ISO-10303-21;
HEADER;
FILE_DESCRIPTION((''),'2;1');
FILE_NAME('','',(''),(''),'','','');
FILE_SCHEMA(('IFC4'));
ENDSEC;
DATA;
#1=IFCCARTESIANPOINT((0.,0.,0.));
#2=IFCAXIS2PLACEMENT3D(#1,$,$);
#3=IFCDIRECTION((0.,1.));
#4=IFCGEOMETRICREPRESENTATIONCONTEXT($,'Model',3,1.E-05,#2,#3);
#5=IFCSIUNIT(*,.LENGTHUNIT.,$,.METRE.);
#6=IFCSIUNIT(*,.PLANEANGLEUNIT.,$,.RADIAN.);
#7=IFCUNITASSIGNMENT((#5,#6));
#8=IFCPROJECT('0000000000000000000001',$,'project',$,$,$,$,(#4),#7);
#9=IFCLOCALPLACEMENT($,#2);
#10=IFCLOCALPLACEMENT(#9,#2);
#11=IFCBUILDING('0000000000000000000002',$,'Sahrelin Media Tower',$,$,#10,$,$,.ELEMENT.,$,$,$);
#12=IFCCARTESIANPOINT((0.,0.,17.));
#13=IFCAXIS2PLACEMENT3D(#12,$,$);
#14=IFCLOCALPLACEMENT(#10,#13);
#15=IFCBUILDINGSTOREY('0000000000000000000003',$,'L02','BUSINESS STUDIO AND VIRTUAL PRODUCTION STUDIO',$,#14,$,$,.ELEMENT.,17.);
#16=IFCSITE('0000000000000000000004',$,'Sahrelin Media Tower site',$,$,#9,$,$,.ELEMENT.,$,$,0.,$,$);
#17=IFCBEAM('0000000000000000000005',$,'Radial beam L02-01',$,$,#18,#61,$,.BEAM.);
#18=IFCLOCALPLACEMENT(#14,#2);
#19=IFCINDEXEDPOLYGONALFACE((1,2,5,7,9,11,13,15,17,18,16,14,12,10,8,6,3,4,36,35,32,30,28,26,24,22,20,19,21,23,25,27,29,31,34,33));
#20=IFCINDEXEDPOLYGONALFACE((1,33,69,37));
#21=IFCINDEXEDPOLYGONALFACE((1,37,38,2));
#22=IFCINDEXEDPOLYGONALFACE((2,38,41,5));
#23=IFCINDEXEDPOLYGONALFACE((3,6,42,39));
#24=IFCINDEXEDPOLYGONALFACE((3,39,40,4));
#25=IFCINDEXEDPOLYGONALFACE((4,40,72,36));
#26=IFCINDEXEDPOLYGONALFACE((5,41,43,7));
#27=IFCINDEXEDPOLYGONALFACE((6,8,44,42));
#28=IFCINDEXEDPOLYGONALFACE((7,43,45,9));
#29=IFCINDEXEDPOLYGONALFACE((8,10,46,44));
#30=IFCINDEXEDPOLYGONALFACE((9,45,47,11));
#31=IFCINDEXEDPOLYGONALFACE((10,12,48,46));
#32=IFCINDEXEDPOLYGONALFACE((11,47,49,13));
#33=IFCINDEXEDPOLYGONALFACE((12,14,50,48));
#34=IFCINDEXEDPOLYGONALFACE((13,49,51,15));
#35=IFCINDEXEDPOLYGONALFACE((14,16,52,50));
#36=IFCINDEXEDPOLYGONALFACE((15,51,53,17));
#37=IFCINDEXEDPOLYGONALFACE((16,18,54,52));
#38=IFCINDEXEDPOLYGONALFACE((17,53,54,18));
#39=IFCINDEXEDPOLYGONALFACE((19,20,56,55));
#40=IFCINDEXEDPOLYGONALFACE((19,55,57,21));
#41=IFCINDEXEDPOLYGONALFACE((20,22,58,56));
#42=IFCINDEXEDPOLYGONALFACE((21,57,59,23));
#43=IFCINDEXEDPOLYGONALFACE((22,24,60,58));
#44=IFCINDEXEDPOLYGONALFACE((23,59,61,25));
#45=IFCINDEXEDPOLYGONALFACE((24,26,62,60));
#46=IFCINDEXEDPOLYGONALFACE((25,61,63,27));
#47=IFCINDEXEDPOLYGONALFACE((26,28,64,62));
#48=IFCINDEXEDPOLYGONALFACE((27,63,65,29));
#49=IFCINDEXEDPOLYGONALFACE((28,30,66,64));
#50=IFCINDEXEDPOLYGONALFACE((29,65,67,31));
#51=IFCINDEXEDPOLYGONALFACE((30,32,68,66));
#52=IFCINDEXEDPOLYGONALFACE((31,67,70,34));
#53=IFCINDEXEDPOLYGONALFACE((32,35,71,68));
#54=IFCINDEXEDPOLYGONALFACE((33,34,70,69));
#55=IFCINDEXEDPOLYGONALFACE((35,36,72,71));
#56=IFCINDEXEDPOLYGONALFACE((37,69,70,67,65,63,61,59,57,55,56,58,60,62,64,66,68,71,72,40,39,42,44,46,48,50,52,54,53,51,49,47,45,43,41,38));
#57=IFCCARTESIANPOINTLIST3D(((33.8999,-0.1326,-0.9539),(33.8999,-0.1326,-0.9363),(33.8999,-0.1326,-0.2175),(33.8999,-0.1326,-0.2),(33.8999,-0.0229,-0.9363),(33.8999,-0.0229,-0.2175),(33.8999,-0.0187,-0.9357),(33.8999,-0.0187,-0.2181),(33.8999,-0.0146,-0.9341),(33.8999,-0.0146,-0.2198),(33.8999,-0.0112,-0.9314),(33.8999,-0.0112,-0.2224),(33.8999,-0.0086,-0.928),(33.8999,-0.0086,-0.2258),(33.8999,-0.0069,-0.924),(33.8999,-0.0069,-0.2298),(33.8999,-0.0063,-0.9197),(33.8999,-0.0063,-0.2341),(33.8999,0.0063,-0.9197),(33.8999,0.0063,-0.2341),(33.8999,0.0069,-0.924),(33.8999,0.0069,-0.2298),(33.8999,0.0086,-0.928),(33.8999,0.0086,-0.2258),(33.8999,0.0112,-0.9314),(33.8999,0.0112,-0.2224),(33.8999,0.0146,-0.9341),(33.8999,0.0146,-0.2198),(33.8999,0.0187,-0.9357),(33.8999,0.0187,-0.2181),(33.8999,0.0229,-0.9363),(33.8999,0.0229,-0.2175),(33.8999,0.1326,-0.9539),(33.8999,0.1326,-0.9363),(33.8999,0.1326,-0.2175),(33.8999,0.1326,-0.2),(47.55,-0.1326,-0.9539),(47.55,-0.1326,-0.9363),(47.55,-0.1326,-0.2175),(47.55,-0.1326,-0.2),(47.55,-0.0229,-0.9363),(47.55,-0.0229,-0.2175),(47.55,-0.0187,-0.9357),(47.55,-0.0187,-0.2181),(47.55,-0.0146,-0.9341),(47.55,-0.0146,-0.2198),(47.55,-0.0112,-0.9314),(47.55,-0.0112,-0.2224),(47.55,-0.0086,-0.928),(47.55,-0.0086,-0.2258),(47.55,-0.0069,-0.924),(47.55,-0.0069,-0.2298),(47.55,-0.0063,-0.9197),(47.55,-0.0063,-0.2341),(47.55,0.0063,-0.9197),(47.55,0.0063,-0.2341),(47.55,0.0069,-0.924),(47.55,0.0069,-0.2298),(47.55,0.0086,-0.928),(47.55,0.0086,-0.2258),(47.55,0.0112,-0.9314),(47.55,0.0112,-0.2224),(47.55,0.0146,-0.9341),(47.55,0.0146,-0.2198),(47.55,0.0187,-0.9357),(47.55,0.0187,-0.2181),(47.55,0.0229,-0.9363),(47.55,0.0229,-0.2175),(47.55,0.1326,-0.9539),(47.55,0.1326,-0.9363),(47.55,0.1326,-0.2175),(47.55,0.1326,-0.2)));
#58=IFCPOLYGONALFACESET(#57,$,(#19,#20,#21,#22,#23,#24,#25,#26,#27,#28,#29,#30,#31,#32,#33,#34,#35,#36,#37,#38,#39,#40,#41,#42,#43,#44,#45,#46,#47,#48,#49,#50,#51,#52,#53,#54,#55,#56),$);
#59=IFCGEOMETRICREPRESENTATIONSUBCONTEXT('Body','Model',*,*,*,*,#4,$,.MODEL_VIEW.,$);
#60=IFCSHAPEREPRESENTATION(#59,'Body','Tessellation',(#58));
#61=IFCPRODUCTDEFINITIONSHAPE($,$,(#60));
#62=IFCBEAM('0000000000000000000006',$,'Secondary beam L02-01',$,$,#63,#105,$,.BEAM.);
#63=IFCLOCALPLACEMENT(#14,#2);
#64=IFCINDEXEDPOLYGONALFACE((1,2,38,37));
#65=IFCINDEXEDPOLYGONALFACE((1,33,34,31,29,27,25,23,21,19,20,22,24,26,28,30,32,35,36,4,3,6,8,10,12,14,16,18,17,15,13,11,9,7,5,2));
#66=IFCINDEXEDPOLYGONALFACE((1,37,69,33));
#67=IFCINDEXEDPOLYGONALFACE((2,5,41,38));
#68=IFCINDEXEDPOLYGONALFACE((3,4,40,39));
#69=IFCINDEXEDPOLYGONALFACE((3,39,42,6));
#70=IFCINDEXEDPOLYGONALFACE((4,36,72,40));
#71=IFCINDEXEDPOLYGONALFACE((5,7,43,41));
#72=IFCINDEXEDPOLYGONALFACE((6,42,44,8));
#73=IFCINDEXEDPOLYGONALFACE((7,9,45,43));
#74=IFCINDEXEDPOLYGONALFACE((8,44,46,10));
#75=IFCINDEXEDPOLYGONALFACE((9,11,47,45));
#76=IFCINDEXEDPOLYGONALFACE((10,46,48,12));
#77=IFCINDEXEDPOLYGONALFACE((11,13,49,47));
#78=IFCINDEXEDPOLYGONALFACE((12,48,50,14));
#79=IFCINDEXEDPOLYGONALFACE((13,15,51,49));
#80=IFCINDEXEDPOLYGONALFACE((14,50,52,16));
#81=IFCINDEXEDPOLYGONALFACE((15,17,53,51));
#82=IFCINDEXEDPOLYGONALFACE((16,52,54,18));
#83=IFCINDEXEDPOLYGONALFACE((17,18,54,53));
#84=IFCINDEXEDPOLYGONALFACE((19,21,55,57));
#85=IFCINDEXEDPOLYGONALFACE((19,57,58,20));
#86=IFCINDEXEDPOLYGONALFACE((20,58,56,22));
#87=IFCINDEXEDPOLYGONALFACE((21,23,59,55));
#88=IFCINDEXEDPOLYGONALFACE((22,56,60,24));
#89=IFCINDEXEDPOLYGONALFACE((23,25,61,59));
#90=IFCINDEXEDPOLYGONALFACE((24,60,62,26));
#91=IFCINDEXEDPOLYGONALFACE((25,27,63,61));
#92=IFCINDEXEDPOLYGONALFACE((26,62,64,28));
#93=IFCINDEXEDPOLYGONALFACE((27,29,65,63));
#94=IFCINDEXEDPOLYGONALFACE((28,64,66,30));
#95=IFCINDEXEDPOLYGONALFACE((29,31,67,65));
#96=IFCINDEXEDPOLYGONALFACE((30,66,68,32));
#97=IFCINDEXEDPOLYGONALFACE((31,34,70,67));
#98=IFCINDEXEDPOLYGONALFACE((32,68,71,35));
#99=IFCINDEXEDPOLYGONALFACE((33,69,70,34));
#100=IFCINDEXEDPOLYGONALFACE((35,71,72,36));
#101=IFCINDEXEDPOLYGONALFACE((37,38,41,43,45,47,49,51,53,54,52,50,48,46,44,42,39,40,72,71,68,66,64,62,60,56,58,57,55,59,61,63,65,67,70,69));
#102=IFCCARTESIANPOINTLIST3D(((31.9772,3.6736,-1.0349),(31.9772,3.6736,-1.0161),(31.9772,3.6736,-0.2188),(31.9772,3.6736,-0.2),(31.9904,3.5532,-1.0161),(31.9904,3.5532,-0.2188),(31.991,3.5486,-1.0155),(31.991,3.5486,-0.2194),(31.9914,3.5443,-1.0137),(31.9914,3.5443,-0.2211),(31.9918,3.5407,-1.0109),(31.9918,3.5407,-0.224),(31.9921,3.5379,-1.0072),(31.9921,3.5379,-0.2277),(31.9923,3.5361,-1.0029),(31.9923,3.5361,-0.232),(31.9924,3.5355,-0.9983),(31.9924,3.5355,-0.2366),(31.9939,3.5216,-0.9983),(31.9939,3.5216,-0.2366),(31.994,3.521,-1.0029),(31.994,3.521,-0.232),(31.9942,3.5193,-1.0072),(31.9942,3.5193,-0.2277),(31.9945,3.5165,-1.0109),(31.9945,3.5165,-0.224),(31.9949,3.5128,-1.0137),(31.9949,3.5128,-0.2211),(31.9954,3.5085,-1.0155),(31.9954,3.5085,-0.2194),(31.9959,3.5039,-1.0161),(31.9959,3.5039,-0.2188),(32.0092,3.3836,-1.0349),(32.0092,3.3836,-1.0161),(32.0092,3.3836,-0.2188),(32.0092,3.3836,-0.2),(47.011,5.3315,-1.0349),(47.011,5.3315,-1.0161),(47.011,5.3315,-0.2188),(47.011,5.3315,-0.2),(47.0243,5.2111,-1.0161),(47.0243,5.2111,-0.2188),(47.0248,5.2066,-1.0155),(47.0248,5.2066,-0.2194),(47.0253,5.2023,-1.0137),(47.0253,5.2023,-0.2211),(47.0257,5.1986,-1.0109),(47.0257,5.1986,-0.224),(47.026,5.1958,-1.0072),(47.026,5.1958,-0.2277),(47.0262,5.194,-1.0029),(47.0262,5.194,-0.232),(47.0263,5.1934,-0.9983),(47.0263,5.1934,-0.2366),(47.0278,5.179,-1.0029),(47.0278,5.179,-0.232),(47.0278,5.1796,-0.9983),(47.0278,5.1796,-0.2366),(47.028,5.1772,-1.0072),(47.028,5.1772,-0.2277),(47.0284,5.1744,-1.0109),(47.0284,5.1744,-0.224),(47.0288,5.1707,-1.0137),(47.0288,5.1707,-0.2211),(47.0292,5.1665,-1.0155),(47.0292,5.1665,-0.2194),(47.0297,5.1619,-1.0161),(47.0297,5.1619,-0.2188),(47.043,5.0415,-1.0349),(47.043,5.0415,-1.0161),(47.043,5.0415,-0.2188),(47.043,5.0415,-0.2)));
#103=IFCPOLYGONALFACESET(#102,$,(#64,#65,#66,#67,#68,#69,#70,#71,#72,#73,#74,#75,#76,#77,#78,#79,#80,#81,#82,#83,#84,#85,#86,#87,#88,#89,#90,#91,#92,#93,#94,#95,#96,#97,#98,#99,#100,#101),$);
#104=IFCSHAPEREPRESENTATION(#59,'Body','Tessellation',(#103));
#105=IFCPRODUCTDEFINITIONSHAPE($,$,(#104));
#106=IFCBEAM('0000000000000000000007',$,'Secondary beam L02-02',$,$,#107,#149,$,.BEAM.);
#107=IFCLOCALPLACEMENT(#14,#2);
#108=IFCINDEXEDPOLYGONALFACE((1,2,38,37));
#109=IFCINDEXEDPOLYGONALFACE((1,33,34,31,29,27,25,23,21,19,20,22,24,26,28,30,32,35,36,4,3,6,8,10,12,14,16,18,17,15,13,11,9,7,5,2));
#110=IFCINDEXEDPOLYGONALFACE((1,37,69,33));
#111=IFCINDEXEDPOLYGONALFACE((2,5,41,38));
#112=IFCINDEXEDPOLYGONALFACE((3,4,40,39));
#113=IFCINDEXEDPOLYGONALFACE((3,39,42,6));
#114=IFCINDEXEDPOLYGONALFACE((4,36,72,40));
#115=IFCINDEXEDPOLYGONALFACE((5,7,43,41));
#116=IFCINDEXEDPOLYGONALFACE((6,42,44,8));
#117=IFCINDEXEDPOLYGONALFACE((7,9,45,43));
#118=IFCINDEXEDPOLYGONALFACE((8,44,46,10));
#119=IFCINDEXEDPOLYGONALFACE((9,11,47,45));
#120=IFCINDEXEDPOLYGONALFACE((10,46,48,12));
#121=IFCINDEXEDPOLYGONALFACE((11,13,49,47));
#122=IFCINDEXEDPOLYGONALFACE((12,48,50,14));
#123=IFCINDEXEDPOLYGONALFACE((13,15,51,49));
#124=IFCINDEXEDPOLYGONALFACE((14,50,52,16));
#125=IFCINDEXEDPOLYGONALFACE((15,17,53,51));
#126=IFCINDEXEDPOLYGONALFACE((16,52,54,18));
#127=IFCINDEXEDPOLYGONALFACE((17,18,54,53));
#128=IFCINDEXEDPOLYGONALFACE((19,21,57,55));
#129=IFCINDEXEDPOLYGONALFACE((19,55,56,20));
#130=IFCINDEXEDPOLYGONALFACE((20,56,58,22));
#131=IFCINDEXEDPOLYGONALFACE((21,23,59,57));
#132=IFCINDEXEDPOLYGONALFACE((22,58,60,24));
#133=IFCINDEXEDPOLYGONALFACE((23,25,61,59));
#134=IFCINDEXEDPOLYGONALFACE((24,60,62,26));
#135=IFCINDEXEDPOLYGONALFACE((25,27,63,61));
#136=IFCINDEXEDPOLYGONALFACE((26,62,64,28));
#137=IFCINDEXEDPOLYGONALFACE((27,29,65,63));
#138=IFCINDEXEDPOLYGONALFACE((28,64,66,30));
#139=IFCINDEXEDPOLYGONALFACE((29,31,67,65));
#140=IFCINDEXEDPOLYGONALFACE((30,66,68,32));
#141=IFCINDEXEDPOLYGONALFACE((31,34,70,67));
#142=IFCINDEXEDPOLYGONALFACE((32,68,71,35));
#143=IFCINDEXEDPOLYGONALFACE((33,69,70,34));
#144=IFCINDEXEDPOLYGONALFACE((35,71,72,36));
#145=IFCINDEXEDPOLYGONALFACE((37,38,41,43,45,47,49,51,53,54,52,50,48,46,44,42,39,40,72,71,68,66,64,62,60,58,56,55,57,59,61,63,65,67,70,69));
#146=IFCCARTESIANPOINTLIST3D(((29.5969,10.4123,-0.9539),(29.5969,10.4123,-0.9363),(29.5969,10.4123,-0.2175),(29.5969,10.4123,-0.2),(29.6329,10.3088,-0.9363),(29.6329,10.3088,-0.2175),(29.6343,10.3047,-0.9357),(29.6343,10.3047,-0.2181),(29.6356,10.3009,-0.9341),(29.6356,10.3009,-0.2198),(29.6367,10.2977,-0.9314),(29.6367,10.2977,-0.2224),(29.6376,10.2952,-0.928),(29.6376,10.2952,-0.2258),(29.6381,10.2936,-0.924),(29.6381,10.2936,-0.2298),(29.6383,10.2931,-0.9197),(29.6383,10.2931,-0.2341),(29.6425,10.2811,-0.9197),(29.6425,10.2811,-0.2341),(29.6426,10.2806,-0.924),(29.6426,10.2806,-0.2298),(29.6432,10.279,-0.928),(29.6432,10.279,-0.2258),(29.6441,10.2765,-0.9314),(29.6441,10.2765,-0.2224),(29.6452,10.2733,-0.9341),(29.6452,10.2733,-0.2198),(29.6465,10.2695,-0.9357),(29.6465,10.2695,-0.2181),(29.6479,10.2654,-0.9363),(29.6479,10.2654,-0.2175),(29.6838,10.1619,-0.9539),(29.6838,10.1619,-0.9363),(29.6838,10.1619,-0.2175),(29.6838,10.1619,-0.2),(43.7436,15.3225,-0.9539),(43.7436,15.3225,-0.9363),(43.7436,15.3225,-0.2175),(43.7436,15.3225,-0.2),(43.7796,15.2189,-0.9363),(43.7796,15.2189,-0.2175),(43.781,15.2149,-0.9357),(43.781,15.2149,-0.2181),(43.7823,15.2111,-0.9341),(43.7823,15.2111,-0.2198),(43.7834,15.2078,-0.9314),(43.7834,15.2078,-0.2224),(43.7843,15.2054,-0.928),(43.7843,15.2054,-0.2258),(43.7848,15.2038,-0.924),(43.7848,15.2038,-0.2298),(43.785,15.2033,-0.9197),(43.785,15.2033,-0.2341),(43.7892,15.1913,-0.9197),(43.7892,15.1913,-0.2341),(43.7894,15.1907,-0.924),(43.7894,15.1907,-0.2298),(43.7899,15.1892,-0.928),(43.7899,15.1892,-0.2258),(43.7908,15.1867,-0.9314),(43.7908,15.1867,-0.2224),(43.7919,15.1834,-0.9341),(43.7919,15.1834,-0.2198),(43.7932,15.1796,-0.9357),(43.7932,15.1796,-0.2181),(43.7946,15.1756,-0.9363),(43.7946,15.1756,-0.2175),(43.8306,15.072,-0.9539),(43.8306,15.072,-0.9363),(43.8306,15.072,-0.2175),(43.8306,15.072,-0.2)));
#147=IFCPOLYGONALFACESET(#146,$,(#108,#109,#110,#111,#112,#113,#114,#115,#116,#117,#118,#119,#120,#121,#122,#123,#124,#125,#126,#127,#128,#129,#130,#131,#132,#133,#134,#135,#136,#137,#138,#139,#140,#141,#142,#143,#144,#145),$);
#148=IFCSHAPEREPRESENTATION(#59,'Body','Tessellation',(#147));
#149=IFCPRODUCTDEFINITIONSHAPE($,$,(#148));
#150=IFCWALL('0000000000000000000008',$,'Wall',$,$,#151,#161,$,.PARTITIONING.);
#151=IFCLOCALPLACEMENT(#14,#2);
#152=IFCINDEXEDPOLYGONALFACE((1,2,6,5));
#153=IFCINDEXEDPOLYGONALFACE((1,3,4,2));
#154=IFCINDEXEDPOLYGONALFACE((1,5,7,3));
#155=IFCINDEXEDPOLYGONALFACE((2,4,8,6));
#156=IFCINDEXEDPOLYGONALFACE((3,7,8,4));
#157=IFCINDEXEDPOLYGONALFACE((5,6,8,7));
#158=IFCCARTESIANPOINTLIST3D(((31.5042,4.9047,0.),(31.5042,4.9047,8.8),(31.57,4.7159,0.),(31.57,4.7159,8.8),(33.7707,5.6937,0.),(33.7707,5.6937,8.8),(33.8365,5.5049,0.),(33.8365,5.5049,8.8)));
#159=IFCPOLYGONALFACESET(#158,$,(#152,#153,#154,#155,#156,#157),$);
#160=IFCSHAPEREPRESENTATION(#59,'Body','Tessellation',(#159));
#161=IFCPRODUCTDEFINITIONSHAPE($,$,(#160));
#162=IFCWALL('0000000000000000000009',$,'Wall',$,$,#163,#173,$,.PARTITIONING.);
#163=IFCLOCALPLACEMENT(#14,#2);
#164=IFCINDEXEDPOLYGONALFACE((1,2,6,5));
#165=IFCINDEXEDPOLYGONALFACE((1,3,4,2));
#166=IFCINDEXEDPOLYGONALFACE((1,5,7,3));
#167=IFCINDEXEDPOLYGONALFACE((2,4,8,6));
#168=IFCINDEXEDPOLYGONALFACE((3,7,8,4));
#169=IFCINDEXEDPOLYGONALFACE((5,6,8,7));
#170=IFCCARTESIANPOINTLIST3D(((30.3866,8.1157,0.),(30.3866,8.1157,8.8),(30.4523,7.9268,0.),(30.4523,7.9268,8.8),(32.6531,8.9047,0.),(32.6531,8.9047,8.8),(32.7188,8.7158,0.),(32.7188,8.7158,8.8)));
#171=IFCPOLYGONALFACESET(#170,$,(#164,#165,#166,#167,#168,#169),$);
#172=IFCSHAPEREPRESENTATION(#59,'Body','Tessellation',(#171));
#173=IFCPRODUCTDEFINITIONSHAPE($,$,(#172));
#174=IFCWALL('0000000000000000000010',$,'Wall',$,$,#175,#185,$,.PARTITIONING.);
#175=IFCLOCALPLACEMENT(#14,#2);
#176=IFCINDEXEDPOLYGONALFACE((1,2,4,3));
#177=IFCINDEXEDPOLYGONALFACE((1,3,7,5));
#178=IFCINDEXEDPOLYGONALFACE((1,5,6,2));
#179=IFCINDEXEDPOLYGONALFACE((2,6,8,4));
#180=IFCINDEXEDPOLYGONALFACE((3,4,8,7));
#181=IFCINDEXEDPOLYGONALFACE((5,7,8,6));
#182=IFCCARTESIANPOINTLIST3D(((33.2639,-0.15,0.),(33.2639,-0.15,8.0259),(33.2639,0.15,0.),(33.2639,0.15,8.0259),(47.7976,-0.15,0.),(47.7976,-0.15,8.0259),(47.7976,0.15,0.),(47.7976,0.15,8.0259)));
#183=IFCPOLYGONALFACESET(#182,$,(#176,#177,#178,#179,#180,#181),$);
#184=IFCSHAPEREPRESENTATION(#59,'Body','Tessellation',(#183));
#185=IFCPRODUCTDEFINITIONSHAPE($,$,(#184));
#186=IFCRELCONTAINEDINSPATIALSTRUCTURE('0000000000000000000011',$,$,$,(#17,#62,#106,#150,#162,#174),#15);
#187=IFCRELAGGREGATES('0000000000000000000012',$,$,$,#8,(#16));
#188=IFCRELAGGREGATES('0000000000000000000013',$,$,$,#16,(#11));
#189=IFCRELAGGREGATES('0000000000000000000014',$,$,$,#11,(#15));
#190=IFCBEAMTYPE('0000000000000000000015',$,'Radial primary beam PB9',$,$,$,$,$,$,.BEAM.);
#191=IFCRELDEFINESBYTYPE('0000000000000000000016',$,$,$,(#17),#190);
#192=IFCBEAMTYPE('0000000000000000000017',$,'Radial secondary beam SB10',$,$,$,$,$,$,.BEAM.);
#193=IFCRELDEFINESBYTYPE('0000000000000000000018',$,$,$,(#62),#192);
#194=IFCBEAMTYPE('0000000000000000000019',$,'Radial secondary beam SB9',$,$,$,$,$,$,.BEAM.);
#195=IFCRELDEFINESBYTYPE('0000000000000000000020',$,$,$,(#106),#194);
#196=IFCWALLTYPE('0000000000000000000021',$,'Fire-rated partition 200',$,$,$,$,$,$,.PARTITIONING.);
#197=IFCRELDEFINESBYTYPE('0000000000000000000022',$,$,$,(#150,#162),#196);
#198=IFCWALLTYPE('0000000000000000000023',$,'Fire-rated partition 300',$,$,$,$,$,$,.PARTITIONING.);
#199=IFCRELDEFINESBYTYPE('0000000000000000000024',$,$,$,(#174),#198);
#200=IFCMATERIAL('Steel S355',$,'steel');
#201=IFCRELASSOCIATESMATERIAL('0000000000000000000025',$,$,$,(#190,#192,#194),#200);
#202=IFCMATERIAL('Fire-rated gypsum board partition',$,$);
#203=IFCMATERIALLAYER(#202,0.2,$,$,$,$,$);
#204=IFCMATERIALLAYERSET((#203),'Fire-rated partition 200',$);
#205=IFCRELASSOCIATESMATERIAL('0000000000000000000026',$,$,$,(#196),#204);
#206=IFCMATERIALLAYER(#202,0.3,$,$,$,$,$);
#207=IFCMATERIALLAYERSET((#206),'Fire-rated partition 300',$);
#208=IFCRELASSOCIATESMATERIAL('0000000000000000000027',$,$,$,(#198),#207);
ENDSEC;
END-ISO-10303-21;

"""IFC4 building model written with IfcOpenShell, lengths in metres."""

from ifc_helpers import new_model, si_unit, direction, frame, frame_2d, origin, origin_2d, place, context, subcontext, project, spatial, rectangle, i_section, extrude, material, layer, layer_set, material_profile, profile_set, type_object, element, save


model = new_model("IFC4")

# Units and contexts
model_context = context("Model", 3, precision=1e-05, world=origin(), true_north=direction((0.0, 1.0)))
body_context = subcontext(model_context, "Body", "Model", "MODEL_VIEW")
ifc_project = project(units=[si_unit("LENGTHUNIT", "METRE"), si_unit("PLANEANGLEUNIT", "RADIAN")], contexts=[model_context])

# Site, building, storey
site_placement = place(None, origin())
site = spatial("IfcSite", under=ifc_project, at=site_placement, Name="Sahrelin Media Tower site", CompositionType="ELEMENT", RefElevation=0.0)
building_placement = place(site_placement, origin())
building = spatial("IfcBuilding", under=site, at=building_placement, Name="Sahrelin Media Tower", CompositionType="ELEMENT")
storey_placement = place(building_placement, frame((0.0, 0.0, 17.0)))
storey = spatial("IfcBuildingStorey", under=building, at=storey_placement, Name="L02", Description="BUSINESS STUDIO AND VIRTUAL PRODUCTION STUDIO", CompositionType="ELEMENT", Elevation=17.0)

# Beams
ifc_material_1 = material(Name="Steel S355", Category="steel")
ifc_material_profile_1 = material_profile(ifc_material_1, i_section(OverallWidth=0.2651, OverallDepth=0.7539, WebThickness=0.0127, FlangeThickness=0.0176, FilletRadius=0.0166, at=origin_2d()), Name="UB 762x267x147")
ifc_profile_set_1 = profile_set([ifc_material_profile_1], Name="Steel S355")
beam_type_1 = type_object("IfcBeamType", Name="Radial primary beam PB9", PredefinedType="BEAM", material=ifc_profile_set_1)
beam_1_placement = place(storey_placement, frame((33.8999, 0.0, -0.5769), z_axis=(1.0, 0.0, 0.0), x_axis=(0.0, 1.0, 0.0)))
element("IfcBeam", 1, at=beam_1_placement, inside=storey, type_object=beam_type_1, Name="Radial beam L02-01", PredefinedType="BEAM", context=body_context, shape_type="SweptSolid", body=[
    extrude(i_section(OverallWidth=0.2651, OverallDepth=0.7539, WebThickness=0.0127, FlangeThickness=0.0176, FilletRadius=0.0166, at=origin_2d()), origin(), (0.0, 0.0, 1.0), 13.6501),
])
ifc_material_profile_2 = material_profile(ifc_material_1, i_section(OverallWidth=0.2917, OverallDepth=0.835, WebThickness=0.0139, FlangeThickness=0.0188, FilletRadius=0.0178, at=origin_2d()), Name="UB 838x292x176")
ifc_profile_set_2 = profile_set([ifc_material_profile_2], Name="Steel S355")
beam_type_2 = type_object("IfcBeamType", Name="Radial secondary beam SB10", PredefinedType="BEAM", material=ifc_profile_set_2)
beam_2_placement = place(storey_placement, frame((31.9932, 3.5286, -0.6174), z_axis=(0.993974, 0.109617, 0.0), x_axis=(-0.109617, 0.993974, 0.0)))
element("IfcBeam", 2, at=beam_2_placement, inside=storey, type_object=beam_type_2, Name="Secondary beam L02-01", PredefinedType="BEAM", context=body_context, shape_type="SweptSolid", body=[
    extrude(i_section(OverallWidth=0.2917, OverallDepth=0.835, WebThickness=0.0139, FlangeThickness=0.0188, FilletRadius=0.0178, at=origin_2d()), origin(), (0.0, 0.0, 1.0), 15.125),
])
ifc_material_profile_3 = material_profile(ifc_material_1, i_section(OverallWidth=0.2651, OverallDepth=0.7539, WebThickness=0.0127, FlangeThickness=0.0176, FilletRadius=0.0166, at=origin_2d()), Name="UB 762x267x147")
ifc_profile_set_3 = profile_set([ifc_material_profile_3], Name="Steel S355")
beam_type_3 = type_object("IfcBeamType", Name="Radial secondary beam SB9", PredefinedType="BEAM", material=ifc_profile_set_3)
beam_3_placement = place(storey_placement, frame((29.6404, 10.2871, -0.5769), z_axis=(0.944713, 0.327898, 0.0), x_axis=(-0.327898, 0.944713, 0.0)))
element("IfcBeam", 3, at=beam_3_placement, inside=storey, type_object=beam_type_3, Name="Secondary beam L02-02", PredefinedType="BEAM", context=body_context, shape_type="SweptSolid", body=[
    extrude(i_section(OverallWidth=0.2651, OverallDepth=0.7539, WebThickness=0.0127, FlangeThickness=0.0176, FilletRadius=0.0166, at=origin_2d()), origin(), (0.0, 0.0, 1.0), 14.9746),
])

# Walls
ifc_material_2 = material(Name="Fire-rated gypsum board partition")
ifc_layer_1 = layer(ifc_material_2, 0.2)
ifc_layer_set_1 = layer_set([ifc_layer_1], Name="Fire-rated partition 200")
wall_type_1 = type_object("IfcWallType", Name="Fire-rated partition 200", PredefinedType="PARTITIONING", material=ifc_layer_set_1)
for number, where, z_axis, x_axis, name in (
    (4, (31.5371, 4.8103, 0.0), (0.0, 0.0, 1.0), (0.944409, 0.328773, 0.0), "Wall"),
    (5, (30.4194, 8.0212, 0.0), (0.0, 0.0, 1.0), (0.944409, 0.328773, 0.0), "Wall"),
):
    element("IfcWall", number, at=place(storey_placement, frame(where, z_axis=z_axis, x_axis=x_axis)), inside=storey, type_object=wall_type_1, Name=name, PredefinedType="PARTITIONING", context=body_context, shape_type="SweptSolid", body=[
        extrude(rectangle(XDim=2.3999, YDim=0.2, at=frame_2d((1.2, 0.0))), origin(), (0.0, 0.0, 1.0), 8.8),
    ])

# Wall
ifc_layer_2 = layer(ifc_material_2, 0.3)
ifc_layer_set_2 = layer_set([ifc_layer_2], Name="Fire-rated partition 300")
wall_type_2 = type_object("IfcWallType", Name="Fire-rated partition 300", PredefinedType="PARTITIONING", material=ifc_layer_set_2)
wall_1_placement = place(storey_placement, frame((33.2639, 0.0, 0.0), z_axis=(0.0, 0.0, 1.0), x_axis=(1.0, 0.0, 0.0)))
element("IfcWall", 6, at=wall_1_placement, inside=storey, type_object=wall_type_2, Name="Wall", PredefinedType="PARTITIONING", context=body_context, shape_type="SweptSolid", body=[
    extrude(rectangle(XDim=14.5337, YDim=0.3, at=frame_2d((7.2668, 0.0))), origin(), (0.0, 0.0, 1.0), 8.0259),
])

save(model, "model.ifc")
